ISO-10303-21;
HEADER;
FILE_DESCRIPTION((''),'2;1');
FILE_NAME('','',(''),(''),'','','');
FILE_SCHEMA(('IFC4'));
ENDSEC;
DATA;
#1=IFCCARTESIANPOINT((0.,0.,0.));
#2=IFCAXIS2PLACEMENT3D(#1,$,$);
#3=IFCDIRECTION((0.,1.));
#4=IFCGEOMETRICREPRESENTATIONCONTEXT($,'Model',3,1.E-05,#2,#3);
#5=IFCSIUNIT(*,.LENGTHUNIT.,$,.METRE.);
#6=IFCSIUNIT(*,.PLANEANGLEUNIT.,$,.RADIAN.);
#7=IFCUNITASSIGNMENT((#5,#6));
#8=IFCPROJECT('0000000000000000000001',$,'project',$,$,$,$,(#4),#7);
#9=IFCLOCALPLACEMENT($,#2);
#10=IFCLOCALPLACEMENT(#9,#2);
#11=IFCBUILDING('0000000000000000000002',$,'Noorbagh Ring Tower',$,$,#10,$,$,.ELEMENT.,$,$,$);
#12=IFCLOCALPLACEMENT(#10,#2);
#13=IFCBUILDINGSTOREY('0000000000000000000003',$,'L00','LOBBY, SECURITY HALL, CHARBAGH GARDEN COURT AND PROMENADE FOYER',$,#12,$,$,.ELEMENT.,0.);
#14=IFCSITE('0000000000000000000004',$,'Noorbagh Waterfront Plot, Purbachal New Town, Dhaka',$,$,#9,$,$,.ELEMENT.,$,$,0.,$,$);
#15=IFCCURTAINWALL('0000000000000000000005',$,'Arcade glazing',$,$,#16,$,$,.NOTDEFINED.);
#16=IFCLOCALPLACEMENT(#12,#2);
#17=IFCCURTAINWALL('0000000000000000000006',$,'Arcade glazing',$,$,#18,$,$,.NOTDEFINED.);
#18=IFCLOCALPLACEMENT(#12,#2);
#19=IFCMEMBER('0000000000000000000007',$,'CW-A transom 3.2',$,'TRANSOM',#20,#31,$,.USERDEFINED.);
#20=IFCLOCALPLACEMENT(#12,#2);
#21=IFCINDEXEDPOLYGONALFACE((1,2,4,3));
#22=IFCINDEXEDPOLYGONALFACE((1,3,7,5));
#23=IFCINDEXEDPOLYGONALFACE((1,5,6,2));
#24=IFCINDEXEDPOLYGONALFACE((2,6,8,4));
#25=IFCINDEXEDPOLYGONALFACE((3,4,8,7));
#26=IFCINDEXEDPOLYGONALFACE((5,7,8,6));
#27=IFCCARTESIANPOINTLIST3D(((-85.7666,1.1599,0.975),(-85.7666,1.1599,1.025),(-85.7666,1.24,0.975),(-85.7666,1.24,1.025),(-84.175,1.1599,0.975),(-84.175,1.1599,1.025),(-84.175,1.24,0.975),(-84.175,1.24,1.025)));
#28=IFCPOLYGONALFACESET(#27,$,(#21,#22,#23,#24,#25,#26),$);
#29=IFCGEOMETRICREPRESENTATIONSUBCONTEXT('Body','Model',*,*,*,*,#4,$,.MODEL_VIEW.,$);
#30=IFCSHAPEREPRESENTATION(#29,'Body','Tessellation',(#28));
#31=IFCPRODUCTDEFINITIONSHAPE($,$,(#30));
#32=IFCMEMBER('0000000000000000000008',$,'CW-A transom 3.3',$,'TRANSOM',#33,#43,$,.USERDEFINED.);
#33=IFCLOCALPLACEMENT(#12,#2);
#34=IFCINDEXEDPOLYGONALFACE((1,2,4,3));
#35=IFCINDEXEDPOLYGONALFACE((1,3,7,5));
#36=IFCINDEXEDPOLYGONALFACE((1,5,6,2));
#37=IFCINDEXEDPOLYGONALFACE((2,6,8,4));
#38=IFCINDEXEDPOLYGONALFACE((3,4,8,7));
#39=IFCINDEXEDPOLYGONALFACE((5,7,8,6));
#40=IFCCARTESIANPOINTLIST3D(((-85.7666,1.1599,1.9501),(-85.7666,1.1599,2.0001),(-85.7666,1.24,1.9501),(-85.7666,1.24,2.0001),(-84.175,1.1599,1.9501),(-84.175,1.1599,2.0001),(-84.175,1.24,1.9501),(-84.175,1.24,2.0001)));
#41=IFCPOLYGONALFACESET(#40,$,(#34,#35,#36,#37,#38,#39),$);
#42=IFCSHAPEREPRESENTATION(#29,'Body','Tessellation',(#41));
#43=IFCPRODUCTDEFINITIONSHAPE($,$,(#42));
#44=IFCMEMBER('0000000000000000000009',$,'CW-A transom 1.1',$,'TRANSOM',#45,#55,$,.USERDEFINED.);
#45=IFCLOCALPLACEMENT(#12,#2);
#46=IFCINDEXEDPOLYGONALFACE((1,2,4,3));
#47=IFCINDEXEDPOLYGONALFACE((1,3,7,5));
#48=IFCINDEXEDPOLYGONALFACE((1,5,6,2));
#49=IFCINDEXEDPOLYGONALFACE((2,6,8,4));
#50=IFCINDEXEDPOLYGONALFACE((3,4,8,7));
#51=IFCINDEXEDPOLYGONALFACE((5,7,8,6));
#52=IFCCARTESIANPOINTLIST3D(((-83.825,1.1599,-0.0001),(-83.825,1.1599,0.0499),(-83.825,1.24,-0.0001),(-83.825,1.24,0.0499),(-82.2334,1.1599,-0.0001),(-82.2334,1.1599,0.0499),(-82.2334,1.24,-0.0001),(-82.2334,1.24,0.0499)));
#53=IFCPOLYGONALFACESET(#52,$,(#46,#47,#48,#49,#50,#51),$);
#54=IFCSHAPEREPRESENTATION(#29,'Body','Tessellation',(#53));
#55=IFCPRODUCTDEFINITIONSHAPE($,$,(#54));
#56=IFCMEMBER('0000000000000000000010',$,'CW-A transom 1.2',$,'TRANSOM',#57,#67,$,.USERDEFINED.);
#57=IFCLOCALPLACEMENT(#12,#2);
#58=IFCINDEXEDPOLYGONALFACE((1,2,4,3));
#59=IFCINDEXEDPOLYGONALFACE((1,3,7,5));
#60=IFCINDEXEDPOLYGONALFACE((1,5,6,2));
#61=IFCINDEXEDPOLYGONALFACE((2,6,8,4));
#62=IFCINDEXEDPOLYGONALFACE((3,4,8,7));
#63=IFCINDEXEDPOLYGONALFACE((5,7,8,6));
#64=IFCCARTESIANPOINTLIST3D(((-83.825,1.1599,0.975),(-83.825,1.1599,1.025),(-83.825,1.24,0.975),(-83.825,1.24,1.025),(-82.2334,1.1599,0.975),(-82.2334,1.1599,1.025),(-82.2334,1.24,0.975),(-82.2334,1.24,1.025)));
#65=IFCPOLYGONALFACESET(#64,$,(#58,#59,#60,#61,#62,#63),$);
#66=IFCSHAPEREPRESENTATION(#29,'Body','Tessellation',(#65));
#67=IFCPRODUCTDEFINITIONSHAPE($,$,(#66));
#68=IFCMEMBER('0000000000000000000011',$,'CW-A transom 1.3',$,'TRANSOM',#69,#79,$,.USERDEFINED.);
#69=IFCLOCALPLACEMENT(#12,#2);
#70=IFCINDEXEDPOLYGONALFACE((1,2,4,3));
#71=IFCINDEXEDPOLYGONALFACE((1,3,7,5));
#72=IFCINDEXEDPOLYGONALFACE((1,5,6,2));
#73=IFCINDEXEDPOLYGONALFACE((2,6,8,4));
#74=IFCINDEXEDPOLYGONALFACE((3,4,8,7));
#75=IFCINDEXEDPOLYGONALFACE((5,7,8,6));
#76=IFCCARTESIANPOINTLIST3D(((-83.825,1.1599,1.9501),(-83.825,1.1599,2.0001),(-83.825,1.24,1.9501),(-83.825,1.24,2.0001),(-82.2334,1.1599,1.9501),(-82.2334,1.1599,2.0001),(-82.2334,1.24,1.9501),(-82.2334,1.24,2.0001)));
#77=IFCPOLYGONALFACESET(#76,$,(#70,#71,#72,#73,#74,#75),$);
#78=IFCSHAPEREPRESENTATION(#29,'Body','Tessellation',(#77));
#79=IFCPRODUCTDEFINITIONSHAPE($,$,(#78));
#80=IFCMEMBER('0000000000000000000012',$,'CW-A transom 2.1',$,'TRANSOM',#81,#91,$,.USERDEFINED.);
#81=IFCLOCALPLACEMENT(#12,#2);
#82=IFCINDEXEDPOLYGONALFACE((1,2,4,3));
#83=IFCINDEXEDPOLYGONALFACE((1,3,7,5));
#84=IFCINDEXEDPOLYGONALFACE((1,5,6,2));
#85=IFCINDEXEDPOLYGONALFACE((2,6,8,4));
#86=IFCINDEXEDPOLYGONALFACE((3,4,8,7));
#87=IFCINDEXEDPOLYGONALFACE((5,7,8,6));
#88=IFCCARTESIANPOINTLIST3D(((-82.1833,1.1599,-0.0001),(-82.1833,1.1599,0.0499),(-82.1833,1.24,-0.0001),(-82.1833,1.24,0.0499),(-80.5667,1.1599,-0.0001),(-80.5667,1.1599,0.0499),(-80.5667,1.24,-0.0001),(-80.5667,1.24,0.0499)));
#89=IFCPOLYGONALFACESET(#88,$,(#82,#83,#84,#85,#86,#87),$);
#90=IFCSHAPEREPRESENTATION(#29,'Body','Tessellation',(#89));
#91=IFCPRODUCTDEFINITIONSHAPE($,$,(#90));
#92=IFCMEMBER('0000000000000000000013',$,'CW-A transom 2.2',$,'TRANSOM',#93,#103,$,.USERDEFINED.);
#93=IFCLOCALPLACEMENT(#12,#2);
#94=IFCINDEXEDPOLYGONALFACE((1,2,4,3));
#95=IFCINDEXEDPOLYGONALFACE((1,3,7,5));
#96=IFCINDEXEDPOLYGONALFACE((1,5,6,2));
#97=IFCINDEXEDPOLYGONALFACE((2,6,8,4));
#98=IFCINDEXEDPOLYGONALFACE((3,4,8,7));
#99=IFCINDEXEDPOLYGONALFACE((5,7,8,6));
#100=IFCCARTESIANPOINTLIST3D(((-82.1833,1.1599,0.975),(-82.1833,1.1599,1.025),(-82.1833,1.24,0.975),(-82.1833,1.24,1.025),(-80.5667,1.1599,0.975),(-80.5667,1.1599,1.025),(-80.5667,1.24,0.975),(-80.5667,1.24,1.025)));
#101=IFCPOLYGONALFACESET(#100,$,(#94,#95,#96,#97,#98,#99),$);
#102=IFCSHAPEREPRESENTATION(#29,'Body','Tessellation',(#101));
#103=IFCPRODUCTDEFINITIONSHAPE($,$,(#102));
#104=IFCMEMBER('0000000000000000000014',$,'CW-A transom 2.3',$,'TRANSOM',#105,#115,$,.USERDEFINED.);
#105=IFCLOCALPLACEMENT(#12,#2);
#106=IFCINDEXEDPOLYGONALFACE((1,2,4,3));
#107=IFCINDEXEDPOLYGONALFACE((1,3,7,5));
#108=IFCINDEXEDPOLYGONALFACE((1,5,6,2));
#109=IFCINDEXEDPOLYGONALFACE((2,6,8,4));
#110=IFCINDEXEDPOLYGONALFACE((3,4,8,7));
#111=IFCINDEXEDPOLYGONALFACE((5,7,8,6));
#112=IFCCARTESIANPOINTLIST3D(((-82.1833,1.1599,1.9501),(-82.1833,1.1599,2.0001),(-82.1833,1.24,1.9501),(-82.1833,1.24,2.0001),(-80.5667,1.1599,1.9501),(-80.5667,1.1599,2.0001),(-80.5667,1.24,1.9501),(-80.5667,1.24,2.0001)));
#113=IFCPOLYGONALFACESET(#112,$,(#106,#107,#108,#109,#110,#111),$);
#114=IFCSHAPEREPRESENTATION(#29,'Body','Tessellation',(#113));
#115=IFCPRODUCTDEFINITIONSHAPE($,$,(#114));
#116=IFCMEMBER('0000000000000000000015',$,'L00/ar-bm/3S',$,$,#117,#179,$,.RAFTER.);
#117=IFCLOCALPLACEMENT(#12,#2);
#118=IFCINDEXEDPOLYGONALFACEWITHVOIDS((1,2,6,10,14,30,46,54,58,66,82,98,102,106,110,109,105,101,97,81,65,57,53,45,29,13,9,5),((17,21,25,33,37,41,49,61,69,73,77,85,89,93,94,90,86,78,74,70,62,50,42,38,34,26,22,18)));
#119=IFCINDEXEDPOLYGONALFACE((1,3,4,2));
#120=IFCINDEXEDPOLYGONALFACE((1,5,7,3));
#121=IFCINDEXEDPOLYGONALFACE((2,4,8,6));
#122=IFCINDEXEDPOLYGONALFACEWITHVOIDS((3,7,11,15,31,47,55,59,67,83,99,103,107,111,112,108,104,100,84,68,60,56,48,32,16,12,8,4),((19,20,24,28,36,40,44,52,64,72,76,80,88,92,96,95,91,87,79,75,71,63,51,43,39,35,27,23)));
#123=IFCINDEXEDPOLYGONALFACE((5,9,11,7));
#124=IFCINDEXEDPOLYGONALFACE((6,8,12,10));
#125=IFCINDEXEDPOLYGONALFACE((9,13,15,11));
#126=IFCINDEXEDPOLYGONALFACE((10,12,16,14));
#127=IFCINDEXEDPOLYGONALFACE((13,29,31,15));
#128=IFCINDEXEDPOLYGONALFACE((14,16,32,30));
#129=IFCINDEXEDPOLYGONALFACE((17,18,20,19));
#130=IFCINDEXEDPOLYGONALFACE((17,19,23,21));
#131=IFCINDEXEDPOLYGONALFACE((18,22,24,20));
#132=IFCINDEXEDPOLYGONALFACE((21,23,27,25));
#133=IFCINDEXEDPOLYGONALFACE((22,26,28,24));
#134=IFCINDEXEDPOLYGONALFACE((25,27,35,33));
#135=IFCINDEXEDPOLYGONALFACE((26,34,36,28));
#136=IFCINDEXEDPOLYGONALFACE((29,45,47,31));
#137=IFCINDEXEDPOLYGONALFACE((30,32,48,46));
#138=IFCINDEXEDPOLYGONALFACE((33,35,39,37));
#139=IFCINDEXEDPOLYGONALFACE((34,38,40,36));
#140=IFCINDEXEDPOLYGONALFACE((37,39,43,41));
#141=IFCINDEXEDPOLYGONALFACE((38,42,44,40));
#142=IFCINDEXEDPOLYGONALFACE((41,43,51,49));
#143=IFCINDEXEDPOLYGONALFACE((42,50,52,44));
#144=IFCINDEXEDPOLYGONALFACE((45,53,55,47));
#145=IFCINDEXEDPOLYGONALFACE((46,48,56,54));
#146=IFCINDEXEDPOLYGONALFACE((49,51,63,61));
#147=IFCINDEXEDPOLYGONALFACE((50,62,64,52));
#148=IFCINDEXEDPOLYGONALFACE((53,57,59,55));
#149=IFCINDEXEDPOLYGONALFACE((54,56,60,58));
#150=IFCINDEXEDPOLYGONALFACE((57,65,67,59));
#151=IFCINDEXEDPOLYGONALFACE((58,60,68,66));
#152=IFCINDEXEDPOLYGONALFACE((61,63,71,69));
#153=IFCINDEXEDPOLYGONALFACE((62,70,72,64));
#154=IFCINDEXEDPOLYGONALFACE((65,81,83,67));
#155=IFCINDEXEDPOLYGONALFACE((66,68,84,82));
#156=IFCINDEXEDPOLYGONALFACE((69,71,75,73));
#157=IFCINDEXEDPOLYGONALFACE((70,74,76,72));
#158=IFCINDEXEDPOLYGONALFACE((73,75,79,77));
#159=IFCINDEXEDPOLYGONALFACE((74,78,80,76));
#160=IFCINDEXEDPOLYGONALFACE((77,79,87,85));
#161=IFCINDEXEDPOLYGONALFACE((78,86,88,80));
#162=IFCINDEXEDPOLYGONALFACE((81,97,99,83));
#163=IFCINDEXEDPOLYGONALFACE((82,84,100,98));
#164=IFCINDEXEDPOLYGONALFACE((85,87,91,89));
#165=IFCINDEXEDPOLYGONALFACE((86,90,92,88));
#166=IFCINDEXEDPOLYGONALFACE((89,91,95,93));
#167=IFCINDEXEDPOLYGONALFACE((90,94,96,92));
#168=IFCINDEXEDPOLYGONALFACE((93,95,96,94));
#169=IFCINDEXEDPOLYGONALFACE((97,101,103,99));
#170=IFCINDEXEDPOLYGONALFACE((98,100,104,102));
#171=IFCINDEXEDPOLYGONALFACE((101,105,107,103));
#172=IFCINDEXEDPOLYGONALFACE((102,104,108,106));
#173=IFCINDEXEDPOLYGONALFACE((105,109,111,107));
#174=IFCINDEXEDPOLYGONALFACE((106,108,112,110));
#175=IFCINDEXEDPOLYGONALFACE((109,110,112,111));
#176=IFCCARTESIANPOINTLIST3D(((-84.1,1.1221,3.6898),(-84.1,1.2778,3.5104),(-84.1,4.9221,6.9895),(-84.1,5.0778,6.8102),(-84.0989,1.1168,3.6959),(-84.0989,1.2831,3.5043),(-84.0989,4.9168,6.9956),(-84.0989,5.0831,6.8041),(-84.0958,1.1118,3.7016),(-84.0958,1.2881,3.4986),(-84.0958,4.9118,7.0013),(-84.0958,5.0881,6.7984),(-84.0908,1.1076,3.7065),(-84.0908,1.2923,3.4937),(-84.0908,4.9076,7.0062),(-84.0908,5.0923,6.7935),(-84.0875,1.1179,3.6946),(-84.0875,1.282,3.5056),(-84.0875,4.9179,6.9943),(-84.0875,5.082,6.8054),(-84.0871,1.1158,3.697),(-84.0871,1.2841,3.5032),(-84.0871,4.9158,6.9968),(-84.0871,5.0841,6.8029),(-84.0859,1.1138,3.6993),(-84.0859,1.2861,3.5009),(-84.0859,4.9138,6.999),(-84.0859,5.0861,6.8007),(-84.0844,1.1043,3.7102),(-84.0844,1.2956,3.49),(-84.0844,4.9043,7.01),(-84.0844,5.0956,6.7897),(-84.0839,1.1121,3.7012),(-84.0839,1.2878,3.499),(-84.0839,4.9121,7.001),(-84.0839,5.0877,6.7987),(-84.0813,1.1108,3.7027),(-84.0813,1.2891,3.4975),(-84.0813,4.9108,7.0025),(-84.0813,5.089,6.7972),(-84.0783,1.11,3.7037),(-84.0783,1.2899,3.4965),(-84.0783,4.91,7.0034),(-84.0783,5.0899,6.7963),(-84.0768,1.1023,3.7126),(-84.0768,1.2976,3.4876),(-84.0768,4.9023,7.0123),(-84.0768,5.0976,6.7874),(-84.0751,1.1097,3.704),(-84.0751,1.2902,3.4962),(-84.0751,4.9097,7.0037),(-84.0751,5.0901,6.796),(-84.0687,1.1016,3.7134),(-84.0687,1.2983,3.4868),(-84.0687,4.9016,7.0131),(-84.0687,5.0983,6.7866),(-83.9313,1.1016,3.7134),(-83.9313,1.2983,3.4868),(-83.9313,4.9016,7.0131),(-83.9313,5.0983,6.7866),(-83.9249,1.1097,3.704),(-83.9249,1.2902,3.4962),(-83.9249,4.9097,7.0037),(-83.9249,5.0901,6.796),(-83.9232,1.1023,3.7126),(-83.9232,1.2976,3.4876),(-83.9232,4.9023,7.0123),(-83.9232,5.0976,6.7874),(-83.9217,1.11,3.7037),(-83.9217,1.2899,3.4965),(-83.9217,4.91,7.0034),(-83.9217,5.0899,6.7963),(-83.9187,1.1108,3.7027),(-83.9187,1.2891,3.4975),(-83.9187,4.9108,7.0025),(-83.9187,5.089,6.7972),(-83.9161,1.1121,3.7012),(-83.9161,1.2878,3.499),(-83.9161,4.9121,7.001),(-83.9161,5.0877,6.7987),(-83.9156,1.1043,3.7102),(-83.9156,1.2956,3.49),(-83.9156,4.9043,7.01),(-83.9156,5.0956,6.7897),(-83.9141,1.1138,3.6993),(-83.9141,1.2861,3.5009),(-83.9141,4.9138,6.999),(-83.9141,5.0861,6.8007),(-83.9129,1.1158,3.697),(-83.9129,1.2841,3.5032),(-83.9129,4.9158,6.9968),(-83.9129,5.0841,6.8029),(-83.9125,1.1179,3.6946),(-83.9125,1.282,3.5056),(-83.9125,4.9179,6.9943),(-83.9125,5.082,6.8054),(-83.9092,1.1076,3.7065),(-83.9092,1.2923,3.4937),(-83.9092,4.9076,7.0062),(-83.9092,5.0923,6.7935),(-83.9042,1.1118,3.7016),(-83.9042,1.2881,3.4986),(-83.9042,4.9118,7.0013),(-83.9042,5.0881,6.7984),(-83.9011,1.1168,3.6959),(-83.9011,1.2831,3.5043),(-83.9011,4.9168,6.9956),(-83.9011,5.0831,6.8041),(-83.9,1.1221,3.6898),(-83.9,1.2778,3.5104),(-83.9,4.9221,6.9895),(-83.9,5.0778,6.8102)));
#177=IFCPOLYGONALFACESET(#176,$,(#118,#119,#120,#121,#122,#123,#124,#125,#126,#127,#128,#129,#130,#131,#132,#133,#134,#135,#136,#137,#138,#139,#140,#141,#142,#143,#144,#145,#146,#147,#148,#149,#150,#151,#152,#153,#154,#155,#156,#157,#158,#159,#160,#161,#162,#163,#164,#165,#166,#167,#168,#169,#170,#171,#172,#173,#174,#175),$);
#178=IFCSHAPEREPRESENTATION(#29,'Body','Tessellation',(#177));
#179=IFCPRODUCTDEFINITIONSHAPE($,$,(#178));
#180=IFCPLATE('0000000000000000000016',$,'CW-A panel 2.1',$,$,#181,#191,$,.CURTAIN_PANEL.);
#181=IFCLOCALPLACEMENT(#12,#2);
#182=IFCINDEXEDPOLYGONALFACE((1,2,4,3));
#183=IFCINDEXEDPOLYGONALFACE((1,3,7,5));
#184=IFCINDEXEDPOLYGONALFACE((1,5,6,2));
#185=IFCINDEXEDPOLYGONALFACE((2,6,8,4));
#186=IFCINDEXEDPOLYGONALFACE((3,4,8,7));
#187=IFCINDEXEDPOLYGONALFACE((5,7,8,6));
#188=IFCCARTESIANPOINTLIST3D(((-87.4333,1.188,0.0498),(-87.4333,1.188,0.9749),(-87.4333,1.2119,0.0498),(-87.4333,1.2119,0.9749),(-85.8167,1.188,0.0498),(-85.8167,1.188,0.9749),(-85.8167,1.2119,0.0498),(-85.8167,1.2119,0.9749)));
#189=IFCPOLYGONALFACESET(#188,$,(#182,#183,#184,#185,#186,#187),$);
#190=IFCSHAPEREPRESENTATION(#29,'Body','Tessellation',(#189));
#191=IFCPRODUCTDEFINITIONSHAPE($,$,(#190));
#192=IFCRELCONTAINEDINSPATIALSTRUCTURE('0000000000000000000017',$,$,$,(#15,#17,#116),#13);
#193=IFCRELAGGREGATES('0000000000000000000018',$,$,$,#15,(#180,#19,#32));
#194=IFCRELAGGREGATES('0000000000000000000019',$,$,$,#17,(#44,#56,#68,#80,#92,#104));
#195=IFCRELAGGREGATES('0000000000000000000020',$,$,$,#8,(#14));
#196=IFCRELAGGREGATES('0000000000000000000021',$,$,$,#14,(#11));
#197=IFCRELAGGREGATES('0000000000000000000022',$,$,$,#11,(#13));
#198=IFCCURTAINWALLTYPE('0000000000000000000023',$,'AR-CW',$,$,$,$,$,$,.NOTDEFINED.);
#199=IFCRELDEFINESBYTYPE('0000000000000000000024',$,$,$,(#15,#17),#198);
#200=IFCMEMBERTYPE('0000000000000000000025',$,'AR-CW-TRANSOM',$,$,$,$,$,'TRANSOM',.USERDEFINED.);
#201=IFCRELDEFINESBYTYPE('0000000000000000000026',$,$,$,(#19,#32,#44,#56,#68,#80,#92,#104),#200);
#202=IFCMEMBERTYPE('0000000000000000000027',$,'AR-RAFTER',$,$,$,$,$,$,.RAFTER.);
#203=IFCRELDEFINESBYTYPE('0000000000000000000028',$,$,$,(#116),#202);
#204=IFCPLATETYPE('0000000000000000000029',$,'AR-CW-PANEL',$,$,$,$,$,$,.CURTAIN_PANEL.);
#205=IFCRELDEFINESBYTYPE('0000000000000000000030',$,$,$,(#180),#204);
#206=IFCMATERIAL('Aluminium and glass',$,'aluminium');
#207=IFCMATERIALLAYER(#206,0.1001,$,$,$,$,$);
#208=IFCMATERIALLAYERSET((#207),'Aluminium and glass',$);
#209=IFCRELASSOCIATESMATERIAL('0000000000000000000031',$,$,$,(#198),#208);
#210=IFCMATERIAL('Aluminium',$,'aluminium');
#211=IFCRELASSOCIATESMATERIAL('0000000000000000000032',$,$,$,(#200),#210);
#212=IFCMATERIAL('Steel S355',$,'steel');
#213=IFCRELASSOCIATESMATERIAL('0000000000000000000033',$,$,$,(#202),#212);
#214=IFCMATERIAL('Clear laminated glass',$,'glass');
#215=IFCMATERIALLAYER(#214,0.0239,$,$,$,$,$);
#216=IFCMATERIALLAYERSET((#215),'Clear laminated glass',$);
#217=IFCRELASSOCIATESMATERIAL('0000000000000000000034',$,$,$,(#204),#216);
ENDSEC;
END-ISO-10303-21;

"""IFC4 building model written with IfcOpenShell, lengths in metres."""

from ifc_helpers import new_model, si_unit, direction, frame, origin, origin_2d, place, context, subcontext, project, spatial, rectangle, hollow_rectangle, extrude, material, layer, layer_set, material_profile, profile_set, type_object, element, aggregate, save


model = new_model("IFC4")

# Units and contexts
model_context = context("Model", 3, precision=1e-05, world=origin(), true_north=direction((0.0, 1.0)))
body_context = subcontext(model_context, "Body", "Model", "MODEL_VIEW")
ifc_project = project(units=[si_unit("LENGTHUNIT", "METRE"), si_unit("PLANEANGLEUNIT", "RADIAN")], contexts=[model_context])

# Site, building, storey
site_placement = place(None, origin())
site = spatial("IfcSite", under=ifc_project, at=site_placement, Name="Noorbagh Waterfront Plot, Purbachal New Town, Dhaka", CompositionType="ELEMENT", RefElevation=0.0)
building_placement = place(site_placement, origin())
building = spatial("IfcBuilding", under=site, at=building_placement, Name="Noorbagh Ring Tower", CompositionType="ELEMENT")
storey_placement = place(building_placement, origin())
storey = spatial("IfcBuildingStorey", under=building, at=storey_placement, Name="L00", Description="LOBBY, SECURITY HALL, CHARBAGH GARDEN COURT AND PROMENADE FOYER", CompositionType="ELEMENT", Elevation=0.0)

# Curtain walls
ifc_material_1 = material(Name="Aluminium and glass", Category="aluminium")
ifc_layer_1 = layer(ifc_material_1, 0.1001)
ifc_layer_set_1 = layer_set([ifc_layer_1], Name="Aluminium and glass")
curtain_wall_type = type_object("IfcCurtainWallType", Name="AR-CW", PredefinedType="NOTDEFINED", material=ifc_layer_set_1)
curtain_wall_1_placement = place(storey_placement, origin())
curtain_wall_1 = element("IfcCurtainWall", 1, at=curtain_wall_1_placement, inside=storey, type_object=curtain_wall_type, Name="Arcade glazing", PredefinedType="NOTDEFINED")
curtain_wall_2_placement = place(storey_placement, origin())
curtain_wall_2 = element("IfcCurtainWall", 2, at=curtain_wall_2_placement, inside=storey, type_object=curtain_wall_type, Name="Arcade glazing", PredefinedType="NOTDEFINED")

# Members
ifc_material_2 = material(Name="Aluminium", Category="aluminium")
ifc_material_profile_1 = material_profile(ifc_material_2, rectangle(XDim=0.0801, YDim=0.05, at=origin_2d()), Name="AL 80x50")
ifc_profile_set_1 = profile_set([ifc_material_profile_1], Name="Aluminium")
member_type_1 = type_object("IfcMemberType", Name="AR-CW-TRANSOM", ElementType="TRANSOM", PredefinedType="USERDEFINED", material=ifc_profile_set_1)
member_1_placement = place(storey_placement, frame((-85.7666, 1.2, 1.0), z_axis=(1.0, 0.0, 0.0), x_axis=(0.0, 1.0, 0.0)))
member_1 = element("IfcMember", 3, at=member_1_placement, type_object=member_type_1, Name="CW-A transom 3.2", ObjectType="TRANSOM", PredefinedType="USERDEFINED", context=body_context, shape_type="SweptSolid", body=[
    extrude(rectangle(XDim=0.0801, YDim=0.05, at=origin_2d()), origin(), (0.0, 0.0, 1.0), 1.5916),
])
member_2_placement = place(storey_placement, frame((-85.7666, 1.2, 1.9751), z_axis=(1.0, 0.0, 0.0), x_axis=(0.0, 1.0, 0.0)))
member_2 = element("IfcMember", 4, at=member_2_placement, type_object=member_type_1, Name="CW-A transom 3.3", ObjectType="TRANSOM", PredefinedType="USERDEFINED", context=body_context, shape_type="SweptSolid", body=[
    extrude(rectangle(XDim=0.0801, YDim=0.05, at=origin_2d()), origin(), (0.0, 0.0, 1.0), 1.5916),
])
member_3_placement = place(storey_placement, frame((-83.825, 1.2, 0.0249), z_axis=(1.0, 0.0, 0.0), x_axis=(0.0, 1.0, 0.0)))
member_3 = element("IfcMember", 5, at=member_3_placement, type_object=member_type_1, Name="CW-A transom 1.1", ObjectType="TRANSOM", PredefinedType="USERDEFINED", context=body_context, shape_type="SweptSolid", body=[
    extrude(rectangle(XDim=0.0801, YDim=0.05, at=origin_2d()), origin(), (0.0, 0.0, 1.0), 1.5916),
])
member_4_placement = place(storey_placement, frame((-83.825, 1.2, 1.0), z_axis=(1.0, 0.0, 0.0), x_axis=(0.0, 1.0, 0.0)))
member_4 = element("IfcMember", 6, at=member_4_placement, type_object=member_type_1, Name="CW-A transom 1.2", ObjectType="TRANSOM", PredefinedType="USERDEFINED", context=body_context, shape_type="SweptSolid", body=[
    extrude(rectangle(XDim=0.0801, YDim=0.05, at=origin_2d()), origin(), (0.0, 0.0, 1.0), 1.5916),
])
member_5_placement = place(storey_placement, frame((-83.825, 1.2, 1.9751), z_axis=(1.0, 0.0, 0.0), x_axis=(0.0, 1.0, 0.0)))
member_5 = element("IfcMember", 7, at=member_5_placement, type_object=member_type_1, Name="CW-A transom 1.3", ObjectType="TRANSOM", PredefinedType="USERDEFINED", context=body_context, shape_type="SweptSolid", body=[
    extrude(rectangle(XDim=0.0801, YDim=0.05, at=origin_2d()), origin(), (0.0, 0.0, 1.0), 1.5916),
])
member_6_placement = place(storey_placement, frame((-82.1833, 1.2, 0.0249), z_axis=(1.0, 0.0, 0.0), x_axis=(0.0, 1.0, 0.0)))
member_6 = element("IfcMember", 8, at=member_6_placement, type_object=member_type_1, Name="CW-A transom 2.1", ObjectType="TRANSOM", PredefinedType="USERDEFINED", context=body_context, shape_type="SweptSolid", body=[
    extrude(rectangle(XDim=0.0801, YDim=0.05, at=origin_2d()), origin(), (0.0, 0.0, 1.0), 1.6167),
])
member_7_placement = place(storey_placement, frame((-82.1833, 1.2, 1.0), z_axis=(1.0, 0.0, 0.0), x_axis=(0.0, 1.0, 0.0)))
member_7 = element("IfcMember", 9, at=member_7_placement, type_object=member_type_1, Name="CW-A transom 2.2", ObjectType="TRANSOM", PredefinedType="USERDEFINED", context=body_context, shape_type="SweptSolid", body=[
    extrude(rectangle(XDim=0.0801, YDim=0.05, at=origin_2d()), origin(), (0.0, 0.0, 1.0), 1.6167),
])
member_8_placement = place(storey_placement, frame((-82.1833, 1.2, 1.9751), z_axis=(1.0, 0.0, 0.0), x_axis=(0.0, 1.0, 0.0)))
member_8 = element("IfcMember", 10, at=member_8_placement, type_object=member_type_1, Name="CW-A transom 2.3", ObjectType="TRANSOM", PredefinedType="USERDEFINED", context=body_context, shape_type="SweptSolid", body=[
    extrude(rectangle(XDim=0.0801, YDim=0.05, at=origin_2d()), origin(), (0.0, 0.0, 1.0), 1.6167),
])
ifc_material_3 = material(Name="Steel S355", Category="steel")
ifc_material_profile_2 = material_profile(ifc_material_3, hollow_rectangle(XDim=0.2, YDim=0.3, WallThickness=0.0125, InnerFilletRadius=0.0125, OuterFilletRadius=0.0312, at=origin_2d()), Name="RHS300x200x12.5")
ifc_profile_set_2 = profile_set([ifc_material_profile_2], Name="Steel S355")
member_type_2 = type_object("IfcMemberType", Name="AR-RAFTER", PredefinedType="RAFTER", material=ifc_profile_set_2)
member_9_placement = place(storey_placement, frame((-84.0, 1.2, 3.6001), z_axis=(0.0, 0.755057, 0.65566), x_axis=(-1.0, 0.0, 0.0)))
element("IfcMember", 11, at=member_9_placement, inside=storey, type_object=member_type_2, Name="L00/ar-bm/3S", PredefinedType="RAFTER", context=body_context, shape_type="SweptSolid", body=[
    extrude(hollow_rectangle(XDim=0.2, YDim=0.3, WallThickness=0.0125, InnerFilletRadius=0.0125, OuterFilletRadius=0.0312, at=origin_2d()), origin(), (0.0, 0.0, 1.0), 5.0327),
])

# Plate
ifc_material_4 = material(Name="Clear laminated glass", Category="glass")
ifc_layer_2 = layer(ifc_material_4, 0.0239)
ifc_layer_set_2 = layer_set([ifc_layer_2], Name="Clear laminated glass")
plate_type = type_object("IfcPlateType", Name="AR-CW-PANEL", PredefinedType="CURTAIN_PANEL", material=ifc_layer_set_2)
plate_1_placement = place(storey_placement, frame((-86.625, 1.2, 0.0498), z_axis=(0.0, 0.0, 1.0), x_axis=(1.0, 0.0, 0.0)))
plate_1 = element("IfcPlate", 12, at=plate_1_placement, type_object=plate_type, Name="CW-A panel 2.1", PredefinedType="CURTAIN_PANEL", context=body_context, shape_type="SweptSolid", body=[
    extrude(rectangle(XDim=1.6167, YDim=0.0239, at=origin_2d()), origin(), (0.0, 0.0, 1.0), 0.925),
])
aggregate(curtain_wall_1, [plate_1, member_1, member_2])
aggregate(curtain_wall_2, [member_3, member_4, member_5, member_6, member_7, member_8])

save(model, "model.ifc")
